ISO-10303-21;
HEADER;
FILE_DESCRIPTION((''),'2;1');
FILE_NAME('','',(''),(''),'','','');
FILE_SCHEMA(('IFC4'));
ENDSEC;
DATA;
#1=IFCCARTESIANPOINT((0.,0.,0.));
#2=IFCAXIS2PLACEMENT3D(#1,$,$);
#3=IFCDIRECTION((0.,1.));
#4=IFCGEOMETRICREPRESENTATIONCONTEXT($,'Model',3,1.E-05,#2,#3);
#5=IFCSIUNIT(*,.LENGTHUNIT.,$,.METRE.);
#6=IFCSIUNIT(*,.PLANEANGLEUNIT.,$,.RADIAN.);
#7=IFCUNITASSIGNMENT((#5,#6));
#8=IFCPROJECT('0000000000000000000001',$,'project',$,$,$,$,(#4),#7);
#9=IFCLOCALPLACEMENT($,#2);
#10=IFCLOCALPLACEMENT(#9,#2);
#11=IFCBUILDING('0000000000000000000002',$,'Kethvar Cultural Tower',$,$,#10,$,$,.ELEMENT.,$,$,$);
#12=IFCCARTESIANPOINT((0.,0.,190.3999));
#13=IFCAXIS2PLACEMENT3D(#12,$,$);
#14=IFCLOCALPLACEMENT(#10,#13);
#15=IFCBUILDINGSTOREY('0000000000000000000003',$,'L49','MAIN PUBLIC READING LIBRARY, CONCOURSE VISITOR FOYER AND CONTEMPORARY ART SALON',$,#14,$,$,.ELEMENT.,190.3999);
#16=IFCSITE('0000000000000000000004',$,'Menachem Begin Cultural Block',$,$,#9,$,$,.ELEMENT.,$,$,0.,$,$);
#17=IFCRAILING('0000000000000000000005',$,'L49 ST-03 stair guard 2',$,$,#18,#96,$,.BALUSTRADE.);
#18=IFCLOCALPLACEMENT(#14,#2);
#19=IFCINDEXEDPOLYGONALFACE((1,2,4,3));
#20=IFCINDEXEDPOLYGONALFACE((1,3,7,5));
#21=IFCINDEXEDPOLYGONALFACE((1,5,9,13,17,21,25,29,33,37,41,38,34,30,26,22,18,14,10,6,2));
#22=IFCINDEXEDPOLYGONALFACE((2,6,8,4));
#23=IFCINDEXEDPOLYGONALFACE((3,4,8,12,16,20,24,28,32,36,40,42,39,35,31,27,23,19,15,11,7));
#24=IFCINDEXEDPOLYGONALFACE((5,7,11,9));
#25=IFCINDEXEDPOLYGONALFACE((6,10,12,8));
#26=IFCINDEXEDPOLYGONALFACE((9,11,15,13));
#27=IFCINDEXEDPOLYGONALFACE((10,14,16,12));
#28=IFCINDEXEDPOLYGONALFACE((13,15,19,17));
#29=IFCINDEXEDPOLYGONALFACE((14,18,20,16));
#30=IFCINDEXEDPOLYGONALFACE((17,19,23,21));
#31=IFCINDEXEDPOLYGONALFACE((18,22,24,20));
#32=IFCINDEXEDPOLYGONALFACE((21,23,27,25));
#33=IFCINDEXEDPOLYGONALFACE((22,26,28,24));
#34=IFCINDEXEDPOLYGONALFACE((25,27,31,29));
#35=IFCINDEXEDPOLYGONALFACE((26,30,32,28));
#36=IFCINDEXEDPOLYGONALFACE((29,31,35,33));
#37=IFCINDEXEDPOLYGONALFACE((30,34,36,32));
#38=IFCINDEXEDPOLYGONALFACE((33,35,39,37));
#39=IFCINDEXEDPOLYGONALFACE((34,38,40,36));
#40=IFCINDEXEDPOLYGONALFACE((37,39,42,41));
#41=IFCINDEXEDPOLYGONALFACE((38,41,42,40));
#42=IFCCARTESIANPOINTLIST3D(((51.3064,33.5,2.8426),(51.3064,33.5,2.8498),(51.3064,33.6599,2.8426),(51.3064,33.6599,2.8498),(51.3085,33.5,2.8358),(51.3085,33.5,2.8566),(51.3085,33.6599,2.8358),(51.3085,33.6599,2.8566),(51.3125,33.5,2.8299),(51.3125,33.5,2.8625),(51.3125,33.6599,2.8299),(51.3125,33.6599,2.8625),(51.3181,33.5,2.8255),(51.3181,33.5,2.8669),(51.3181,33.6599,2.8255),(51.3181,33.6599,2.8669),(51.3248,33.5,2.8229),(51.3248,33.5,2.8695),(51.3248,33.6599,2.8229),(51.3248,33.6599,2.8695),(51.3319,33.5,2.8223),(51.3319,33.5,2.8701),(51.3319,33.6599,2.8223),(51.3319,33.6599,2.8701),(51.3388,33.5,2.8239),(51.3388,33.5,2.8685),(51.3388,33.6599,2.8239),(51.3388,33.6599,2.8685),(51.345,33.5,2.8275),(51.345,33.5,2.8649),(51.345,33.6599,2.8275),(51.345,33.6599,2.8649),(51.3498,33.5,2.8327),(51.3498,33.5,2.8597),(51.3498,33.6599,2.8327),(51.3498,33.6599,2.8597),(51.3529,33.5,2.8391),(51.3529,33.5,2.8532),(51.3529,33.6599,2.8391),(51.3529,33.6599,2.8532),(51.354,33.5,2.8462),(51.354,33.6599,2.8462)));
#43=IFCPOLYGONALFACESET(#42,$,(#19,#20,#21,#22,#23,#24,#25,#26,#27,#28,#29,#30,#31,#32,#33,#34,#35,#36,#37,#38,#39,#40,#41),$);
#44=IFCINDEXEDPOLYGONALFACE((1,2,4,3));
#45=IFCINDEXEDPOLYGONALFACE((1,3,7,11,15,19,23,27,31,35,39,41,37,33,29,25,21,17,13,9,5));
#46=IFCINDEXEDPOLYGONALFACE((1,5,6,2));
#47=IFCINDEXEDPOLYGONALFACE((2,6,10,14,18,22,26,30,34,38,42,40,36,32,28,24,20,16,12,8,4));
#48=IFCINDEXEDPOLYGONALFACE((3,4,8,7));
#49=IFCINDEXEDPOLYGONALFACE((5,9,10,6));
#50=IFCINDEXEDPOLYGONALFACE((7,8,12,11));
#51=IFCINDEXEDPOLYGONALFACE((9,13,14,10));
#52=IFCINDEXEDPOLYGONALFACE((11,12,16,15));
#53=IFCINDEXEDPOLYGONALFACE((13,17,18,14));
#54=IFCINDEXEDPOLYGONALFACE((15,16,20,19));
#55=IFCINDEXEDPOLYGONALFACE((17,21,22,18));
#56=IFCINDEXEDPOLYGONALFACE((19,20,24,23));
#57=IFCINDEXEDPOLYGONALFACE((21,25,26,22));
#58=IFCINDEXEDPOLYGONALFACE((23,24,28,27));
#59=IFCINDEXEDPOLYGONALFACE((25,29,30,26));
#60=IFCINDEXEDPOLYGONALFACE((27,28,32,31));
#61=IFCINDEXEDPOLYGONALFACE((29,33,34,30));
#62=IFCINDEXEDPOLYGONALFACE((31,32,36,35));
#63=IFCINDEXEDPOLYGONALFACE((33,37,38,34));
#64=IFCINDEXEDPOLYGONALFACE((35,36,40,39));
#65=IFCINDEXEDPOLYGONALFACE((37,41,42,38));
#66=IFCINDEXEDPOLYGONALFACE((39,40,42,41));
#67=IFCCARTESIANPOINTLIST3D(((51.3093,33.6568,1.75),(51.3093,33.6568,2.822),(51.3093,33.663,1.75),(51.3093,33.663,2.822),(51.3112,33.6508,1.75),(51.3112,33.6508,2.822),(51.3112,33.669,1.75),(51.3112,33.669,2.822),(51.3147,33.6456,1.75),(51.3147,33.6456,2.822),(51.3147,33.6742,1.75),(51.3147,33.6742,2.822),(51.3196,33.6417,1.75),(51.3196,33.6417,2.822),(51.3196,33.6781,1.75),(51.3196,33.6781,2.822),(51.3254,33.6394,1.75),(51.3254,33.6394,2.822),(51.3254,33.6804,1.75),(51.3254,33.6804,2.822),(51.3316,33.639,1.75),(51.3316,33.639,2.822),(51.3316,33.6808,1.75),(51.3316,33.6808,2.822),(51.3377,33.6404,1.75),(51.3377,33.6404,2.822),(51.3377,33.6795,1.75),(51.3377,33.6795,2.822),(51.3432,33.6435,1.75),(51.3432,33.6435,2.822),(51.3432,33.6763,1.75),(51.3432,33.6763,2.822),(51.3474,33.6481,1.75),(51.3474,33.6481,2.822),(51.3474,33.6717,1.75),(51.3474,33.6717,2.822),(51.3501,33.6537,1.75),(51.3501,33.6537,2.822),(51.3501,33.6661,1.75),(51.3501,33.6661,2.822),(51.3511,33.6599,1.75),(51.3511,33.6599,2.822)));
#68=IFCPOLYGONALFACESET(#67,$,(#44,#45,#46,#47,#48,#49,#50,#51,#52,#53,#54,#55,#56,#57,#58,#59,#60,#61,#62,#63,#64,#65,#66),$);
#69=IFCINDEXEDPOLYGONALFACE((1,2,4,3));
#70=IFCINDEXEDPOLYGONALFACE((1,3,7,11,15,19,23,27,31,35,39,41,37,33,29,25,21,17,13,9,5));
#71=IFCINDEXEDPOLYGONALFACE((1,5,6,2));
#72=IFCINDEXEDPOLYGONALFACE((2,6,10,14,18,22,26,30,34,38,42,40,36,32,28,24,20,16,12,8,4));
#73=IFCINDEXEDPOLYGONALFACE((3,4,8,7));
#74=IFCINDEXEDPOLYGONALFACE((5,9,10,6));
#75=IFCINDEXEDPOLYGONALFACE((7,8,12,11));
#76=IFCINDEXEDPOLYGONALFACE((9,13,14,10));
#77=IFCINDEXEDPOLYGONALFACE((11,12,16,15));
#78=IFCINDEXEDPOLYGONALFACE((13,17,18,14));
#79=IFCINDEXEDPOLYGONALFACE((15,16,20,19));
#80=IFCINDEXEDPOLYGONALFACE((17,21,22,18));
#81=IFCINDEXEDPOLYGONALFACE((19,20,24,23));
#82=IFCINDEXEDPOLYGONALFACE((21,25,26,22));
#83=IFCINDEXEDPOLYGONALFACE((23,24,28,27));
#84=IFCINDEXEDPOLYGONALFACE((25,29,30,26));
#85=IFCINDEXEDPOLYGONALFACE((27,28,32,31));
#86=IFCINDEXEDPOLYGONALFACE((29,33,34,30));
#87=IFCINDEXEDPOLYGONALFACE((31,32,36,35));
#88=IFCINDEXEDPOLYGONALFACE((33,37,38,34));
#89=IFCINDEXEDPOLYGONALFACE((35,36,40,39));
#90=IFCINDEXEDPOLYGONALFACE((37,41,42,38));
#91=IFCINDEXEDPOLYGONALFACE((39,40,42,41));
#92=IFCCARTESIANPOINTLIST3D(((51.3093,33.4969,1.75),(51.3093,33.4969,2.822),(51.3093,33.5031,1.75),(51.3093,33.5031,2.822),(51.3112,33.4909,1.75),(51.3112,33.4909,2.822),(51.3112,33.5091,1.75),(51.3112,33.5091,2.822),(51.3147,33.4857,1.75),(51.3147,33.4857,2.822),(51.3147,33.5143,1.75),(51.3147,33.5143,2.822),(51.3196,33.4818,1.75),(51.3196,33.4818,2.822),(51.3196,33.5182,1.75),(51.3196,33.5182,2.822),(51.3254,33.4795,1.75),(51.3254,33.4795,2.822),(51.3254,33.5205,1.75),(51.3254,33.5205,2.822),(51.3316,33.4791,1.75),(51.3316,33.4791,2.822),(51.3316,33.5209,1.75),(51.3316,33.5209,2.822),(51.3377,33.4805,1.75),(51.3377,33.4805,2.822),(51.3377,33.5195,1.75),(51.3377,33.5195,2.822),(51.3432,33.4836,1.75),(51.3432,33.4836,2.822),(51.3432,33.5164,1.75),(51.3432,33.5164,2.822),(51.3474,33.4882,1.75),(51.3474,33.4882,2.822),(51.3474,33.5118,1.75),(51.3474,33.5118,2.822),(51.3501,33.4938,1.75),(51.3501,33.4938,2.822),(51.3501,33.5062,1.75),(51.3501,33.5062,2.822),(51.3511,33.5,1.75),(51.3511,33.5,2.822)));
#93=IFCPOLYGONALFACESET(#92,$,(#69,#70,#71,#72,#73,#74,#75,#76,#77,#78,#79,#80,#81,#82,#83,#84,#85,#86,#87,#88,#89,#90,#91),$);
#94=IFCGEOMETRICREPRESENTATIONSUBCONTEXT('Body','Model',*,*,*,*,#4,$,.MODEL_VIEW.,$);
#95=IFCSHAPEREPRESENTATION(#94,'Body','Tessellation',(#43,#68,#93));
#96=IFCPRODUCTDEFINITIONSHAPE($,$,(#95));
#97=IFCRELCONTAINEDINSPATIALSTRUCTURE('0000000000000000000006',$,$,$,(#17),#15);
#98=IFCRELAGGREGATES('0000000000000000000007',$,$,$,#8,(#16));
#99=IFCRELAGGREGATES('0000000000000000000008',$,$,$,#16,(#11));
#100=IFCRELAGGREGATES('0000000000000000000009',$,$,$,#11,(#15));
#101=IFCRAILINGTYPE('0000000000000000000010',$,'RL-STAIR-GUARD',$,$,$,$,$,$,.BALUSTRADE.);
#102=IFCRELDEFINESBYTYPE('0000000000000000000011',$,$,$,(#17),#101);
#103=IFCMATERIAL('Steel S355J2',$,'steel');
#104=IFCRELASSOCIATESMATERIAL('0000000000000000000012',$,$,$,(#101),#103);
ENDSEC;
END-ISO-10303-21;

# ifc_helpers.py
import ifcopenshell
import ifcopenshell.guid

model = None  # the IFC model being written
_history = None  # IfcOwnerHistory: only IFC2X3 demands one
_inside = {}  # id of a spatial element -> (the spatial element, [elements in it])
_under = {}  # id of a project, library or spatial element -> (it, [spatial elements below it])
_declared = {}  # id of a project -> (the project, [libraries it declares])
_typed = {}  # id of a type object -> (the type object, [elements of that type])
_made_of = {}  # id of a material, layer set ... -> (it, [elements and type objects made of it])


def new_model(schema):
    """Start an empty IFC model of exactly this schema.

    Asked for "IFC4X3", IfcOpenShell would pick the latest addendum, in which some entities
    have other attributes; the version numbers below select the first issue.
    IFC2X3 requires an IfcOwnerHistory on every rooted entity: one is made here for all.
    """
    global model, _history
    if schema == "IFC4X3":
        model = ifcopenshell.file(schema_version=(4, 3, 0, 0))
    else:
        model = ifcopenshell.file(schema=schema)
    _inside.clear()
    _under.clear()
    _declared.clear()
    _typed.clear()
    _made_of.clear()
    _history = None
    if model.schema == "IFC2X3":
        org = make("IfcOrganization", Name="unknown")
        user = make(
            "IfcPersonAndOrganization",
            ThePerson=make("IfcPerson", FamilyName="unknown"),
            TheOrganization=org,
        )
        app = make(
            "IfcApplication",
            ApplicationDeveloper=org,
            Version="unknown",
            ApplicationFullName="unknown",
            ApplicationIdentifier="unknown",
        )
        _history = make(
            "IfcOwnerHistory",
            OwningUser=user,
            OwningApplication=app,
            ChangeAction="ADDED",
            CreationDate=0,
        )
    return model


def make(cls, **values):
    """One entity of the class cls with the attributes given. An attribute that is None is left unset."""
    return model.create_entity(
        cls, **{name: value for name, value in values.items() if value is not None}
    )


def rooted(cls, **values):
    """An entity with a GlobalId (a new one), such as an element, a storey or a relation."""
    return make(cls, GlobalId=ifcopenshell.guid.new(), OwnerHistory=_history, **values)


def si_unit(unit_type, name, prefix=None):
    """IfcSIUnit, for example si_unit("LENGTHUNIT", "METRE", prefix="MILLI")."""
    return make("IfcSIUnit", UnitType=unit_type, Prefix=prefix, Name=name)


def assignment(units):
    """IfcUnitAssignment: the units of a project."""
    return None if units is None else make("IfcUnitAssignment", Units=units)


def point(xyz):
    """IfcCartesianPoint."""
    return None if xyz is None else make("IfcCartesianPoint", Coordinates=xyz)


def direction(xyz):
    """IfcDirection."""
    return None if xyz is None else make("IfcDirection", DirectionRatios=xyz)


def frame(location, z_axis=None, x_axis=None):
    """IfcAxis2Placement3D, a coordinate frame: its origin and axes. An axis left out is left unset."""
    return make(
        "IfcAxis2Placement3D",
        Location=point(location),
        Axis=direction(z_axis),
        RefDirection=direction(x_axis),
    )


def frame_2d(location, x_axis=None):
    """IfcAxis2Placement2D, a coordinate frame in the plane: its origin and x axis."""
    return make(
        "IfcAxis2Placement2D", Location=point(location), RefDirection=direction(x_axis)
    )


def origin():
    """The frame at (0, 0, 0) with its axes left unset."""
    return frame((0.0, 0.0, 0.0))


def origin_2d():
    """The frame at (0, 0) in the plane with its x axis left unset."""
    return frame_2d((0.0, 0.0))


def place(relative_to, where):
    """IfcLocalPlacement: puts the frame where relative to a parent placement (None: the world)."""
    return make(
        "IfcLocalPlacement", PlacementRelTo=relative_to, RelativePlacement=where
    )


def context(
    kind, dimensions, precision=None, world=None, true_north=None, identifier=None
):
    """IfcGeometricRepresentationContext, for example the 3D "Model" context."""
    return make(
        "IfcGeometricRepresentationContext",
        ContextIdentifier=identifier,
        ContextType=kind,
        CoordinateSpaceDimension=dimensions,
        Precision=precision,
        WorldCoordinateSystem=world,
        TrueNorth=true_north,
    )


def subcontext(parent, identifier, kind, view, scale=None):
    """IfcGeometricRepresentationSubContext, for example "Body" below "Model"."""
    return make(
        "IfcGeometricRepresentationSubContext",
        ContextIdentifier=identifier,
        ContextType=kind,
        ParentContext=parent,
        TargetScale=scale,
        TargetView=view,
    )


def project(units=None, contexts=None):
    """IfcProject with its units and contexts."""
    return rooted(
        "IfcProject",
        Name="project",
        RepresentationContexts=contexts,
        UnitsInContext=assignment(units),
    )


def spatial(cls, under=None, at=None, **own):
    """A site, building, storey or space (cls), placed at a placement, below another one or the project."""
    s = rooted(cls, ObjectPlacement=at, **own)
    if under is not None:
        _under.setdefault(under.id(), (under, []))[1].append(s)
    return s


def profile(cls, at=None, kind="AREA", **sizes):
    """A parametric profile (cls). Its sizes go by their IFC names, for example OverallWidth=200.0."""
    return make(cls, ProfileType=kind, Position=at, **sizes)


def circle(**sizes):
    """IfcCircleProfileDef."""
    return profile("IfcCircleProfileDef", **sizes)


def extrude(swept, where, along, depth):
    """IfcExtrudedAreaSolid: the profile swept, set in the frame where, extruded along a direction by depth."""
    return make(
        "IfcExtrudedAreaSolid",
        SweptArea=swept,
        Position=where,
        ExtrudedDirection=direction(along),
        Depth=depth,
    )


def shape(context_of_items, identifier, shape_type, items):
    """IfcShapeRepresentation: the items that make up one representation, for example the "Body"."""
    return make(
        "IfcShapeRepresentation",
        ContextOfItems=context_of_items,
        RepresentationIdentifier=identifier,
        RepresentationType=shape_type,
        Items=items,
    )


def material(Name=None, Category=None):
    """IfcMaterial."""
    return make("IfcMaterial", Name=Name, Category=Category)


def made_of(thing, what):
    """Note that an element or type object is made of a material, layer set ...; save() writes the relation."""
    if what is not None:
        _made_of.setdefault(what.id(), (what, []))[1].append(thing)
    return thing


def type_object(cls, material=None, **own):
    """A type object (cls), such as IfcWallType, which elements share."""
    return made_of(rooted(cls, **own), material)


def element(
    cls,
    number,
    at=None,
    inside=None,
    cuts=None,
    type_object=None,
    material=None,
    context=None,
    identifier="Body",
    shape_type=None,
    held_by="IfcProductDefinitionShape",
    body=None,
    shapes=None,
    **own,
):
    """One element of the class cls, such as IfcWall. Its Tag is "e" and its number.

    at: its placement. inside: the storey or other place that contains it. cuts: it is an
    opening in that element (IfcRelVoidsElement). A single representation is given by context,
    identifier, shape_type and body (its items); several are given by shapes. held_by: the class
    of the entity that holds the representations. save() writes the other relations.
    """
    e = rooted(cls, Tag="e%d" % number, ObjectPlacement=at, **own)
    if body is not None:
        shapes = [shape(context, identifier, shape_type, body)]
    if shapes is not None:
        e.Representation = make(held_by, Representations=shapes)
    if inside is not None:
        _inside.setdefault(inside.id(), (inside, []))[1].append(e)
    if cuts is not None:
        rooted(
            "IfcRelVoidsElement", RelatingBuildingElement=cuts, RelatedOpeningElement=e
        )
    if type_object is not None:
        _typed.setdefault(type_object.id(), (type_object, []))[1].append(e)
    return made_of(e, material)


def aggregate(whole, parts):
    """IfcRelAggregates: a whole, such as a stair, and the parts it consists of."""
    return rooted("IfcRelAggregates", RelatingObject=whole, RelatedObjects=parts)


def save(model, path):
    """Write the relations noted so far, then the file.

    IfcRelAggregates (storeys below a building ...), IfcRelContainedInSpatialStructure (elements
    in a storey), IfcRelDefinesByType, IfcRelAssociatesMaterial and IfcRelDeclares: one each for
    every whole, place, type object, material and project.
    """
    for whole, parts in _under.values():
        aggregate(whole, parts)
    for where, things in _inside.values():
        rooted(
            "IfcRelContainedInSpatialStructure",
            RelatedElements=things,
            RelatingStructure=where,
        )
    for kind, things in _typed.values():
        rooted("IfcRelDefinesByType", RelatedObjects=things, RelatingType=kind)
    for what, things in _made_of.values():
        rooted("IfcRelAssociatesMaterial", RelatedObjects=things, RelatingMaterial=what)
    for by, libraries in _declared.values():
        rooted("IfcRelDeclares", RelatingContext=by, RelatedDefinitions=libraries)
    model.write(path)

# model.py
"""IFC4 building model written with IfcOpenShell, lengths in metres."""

from ifc_helpers import new_model, si_unit, direction, frame, origin, origin_2d, place, context, subcontext, project, spatial, circle, extrude, material, type_object, element, save


model = new_model("IFC4")

# Units and contexts
model_context = context("Model", 3, precision=1e-05, world=origin(), true_north=direction((0.0, 1.0)))
body_context = subcontext(model_context, "Body", "Model", "MODEL_VIEW")
ifc_project = project(units=[si_unit("LENGTHUNIT", "METRE"), si_unit("PLANEANGLEUNIT", "RADIAN")], contexts=[model_context])

# Site, building, storey
site_placement = place(None, origin())
site = spatial("IfcSite", under=ifc_project, at=site_placement, Name="Menachem Begin Cultural Block", CompositionType="ELEMENT", RefElevation=0.0)
building_placement = place(site_placement, origin())
building = spatial("IfcBuilding", under=site, at=building_placement, Name="Kethvar Cultural Tower", CompositionType="ELEMENT")
storey_placement = place(building_placement, frame((0.0, 0.0, 190.3999)))
storey = spatial("IfcBuildingStorey", under=building, at=storey_placement, Name="L49", Description="MAIN PUBLIC READING LIBRARY, CONCOURSE VISITOR FOYER AND CONTEMPORARY ART SALON", CompositionType="ELEMENT", Elevation=190.3999)

# Shared definitions
ifc_material_1 = material(Name="Steel S355J2", Category="steel")

# Railing
railing_type_1 = type_object("IfcRailingType", Name="RL-STAIR-GUARD", PredefinedType="BALUSTRADE", material=ifc_material_1)
railing_1_placement = place(storey_placement, frame((51.3301, 33.6599, 1.75)))
element("IfcRailing", 1, at=railing_1_placement, inside=storey, type_object=railing_type_1, Name="L49 ST-03 stair guard 2", PredefinedType="BALUSTRADE", context=body_context, shape_type="SweptSolid", body=[
    extrude(circle(Radius=0.0239, at=origin_2d()), frame((0.0, 0.0, 1.0962), z_axis=(0.0, -1.0, 0.0), x_axis=(1.0, 0.0, 0.0)), (0.0, 0.0, 1.0), 0.1599),
    extrude(circle(Radius=0.021, at=origin_2d()), origin(), (0.0, 0.0, 1.0), 1.072),
    extrude(circle(Radius=0.021, at=origin_2d()), frame((0.0, -0.1599, 0.0)), (0.0, 0.0, 1.0), 1.072),
])

save(model, "model.ifc")
